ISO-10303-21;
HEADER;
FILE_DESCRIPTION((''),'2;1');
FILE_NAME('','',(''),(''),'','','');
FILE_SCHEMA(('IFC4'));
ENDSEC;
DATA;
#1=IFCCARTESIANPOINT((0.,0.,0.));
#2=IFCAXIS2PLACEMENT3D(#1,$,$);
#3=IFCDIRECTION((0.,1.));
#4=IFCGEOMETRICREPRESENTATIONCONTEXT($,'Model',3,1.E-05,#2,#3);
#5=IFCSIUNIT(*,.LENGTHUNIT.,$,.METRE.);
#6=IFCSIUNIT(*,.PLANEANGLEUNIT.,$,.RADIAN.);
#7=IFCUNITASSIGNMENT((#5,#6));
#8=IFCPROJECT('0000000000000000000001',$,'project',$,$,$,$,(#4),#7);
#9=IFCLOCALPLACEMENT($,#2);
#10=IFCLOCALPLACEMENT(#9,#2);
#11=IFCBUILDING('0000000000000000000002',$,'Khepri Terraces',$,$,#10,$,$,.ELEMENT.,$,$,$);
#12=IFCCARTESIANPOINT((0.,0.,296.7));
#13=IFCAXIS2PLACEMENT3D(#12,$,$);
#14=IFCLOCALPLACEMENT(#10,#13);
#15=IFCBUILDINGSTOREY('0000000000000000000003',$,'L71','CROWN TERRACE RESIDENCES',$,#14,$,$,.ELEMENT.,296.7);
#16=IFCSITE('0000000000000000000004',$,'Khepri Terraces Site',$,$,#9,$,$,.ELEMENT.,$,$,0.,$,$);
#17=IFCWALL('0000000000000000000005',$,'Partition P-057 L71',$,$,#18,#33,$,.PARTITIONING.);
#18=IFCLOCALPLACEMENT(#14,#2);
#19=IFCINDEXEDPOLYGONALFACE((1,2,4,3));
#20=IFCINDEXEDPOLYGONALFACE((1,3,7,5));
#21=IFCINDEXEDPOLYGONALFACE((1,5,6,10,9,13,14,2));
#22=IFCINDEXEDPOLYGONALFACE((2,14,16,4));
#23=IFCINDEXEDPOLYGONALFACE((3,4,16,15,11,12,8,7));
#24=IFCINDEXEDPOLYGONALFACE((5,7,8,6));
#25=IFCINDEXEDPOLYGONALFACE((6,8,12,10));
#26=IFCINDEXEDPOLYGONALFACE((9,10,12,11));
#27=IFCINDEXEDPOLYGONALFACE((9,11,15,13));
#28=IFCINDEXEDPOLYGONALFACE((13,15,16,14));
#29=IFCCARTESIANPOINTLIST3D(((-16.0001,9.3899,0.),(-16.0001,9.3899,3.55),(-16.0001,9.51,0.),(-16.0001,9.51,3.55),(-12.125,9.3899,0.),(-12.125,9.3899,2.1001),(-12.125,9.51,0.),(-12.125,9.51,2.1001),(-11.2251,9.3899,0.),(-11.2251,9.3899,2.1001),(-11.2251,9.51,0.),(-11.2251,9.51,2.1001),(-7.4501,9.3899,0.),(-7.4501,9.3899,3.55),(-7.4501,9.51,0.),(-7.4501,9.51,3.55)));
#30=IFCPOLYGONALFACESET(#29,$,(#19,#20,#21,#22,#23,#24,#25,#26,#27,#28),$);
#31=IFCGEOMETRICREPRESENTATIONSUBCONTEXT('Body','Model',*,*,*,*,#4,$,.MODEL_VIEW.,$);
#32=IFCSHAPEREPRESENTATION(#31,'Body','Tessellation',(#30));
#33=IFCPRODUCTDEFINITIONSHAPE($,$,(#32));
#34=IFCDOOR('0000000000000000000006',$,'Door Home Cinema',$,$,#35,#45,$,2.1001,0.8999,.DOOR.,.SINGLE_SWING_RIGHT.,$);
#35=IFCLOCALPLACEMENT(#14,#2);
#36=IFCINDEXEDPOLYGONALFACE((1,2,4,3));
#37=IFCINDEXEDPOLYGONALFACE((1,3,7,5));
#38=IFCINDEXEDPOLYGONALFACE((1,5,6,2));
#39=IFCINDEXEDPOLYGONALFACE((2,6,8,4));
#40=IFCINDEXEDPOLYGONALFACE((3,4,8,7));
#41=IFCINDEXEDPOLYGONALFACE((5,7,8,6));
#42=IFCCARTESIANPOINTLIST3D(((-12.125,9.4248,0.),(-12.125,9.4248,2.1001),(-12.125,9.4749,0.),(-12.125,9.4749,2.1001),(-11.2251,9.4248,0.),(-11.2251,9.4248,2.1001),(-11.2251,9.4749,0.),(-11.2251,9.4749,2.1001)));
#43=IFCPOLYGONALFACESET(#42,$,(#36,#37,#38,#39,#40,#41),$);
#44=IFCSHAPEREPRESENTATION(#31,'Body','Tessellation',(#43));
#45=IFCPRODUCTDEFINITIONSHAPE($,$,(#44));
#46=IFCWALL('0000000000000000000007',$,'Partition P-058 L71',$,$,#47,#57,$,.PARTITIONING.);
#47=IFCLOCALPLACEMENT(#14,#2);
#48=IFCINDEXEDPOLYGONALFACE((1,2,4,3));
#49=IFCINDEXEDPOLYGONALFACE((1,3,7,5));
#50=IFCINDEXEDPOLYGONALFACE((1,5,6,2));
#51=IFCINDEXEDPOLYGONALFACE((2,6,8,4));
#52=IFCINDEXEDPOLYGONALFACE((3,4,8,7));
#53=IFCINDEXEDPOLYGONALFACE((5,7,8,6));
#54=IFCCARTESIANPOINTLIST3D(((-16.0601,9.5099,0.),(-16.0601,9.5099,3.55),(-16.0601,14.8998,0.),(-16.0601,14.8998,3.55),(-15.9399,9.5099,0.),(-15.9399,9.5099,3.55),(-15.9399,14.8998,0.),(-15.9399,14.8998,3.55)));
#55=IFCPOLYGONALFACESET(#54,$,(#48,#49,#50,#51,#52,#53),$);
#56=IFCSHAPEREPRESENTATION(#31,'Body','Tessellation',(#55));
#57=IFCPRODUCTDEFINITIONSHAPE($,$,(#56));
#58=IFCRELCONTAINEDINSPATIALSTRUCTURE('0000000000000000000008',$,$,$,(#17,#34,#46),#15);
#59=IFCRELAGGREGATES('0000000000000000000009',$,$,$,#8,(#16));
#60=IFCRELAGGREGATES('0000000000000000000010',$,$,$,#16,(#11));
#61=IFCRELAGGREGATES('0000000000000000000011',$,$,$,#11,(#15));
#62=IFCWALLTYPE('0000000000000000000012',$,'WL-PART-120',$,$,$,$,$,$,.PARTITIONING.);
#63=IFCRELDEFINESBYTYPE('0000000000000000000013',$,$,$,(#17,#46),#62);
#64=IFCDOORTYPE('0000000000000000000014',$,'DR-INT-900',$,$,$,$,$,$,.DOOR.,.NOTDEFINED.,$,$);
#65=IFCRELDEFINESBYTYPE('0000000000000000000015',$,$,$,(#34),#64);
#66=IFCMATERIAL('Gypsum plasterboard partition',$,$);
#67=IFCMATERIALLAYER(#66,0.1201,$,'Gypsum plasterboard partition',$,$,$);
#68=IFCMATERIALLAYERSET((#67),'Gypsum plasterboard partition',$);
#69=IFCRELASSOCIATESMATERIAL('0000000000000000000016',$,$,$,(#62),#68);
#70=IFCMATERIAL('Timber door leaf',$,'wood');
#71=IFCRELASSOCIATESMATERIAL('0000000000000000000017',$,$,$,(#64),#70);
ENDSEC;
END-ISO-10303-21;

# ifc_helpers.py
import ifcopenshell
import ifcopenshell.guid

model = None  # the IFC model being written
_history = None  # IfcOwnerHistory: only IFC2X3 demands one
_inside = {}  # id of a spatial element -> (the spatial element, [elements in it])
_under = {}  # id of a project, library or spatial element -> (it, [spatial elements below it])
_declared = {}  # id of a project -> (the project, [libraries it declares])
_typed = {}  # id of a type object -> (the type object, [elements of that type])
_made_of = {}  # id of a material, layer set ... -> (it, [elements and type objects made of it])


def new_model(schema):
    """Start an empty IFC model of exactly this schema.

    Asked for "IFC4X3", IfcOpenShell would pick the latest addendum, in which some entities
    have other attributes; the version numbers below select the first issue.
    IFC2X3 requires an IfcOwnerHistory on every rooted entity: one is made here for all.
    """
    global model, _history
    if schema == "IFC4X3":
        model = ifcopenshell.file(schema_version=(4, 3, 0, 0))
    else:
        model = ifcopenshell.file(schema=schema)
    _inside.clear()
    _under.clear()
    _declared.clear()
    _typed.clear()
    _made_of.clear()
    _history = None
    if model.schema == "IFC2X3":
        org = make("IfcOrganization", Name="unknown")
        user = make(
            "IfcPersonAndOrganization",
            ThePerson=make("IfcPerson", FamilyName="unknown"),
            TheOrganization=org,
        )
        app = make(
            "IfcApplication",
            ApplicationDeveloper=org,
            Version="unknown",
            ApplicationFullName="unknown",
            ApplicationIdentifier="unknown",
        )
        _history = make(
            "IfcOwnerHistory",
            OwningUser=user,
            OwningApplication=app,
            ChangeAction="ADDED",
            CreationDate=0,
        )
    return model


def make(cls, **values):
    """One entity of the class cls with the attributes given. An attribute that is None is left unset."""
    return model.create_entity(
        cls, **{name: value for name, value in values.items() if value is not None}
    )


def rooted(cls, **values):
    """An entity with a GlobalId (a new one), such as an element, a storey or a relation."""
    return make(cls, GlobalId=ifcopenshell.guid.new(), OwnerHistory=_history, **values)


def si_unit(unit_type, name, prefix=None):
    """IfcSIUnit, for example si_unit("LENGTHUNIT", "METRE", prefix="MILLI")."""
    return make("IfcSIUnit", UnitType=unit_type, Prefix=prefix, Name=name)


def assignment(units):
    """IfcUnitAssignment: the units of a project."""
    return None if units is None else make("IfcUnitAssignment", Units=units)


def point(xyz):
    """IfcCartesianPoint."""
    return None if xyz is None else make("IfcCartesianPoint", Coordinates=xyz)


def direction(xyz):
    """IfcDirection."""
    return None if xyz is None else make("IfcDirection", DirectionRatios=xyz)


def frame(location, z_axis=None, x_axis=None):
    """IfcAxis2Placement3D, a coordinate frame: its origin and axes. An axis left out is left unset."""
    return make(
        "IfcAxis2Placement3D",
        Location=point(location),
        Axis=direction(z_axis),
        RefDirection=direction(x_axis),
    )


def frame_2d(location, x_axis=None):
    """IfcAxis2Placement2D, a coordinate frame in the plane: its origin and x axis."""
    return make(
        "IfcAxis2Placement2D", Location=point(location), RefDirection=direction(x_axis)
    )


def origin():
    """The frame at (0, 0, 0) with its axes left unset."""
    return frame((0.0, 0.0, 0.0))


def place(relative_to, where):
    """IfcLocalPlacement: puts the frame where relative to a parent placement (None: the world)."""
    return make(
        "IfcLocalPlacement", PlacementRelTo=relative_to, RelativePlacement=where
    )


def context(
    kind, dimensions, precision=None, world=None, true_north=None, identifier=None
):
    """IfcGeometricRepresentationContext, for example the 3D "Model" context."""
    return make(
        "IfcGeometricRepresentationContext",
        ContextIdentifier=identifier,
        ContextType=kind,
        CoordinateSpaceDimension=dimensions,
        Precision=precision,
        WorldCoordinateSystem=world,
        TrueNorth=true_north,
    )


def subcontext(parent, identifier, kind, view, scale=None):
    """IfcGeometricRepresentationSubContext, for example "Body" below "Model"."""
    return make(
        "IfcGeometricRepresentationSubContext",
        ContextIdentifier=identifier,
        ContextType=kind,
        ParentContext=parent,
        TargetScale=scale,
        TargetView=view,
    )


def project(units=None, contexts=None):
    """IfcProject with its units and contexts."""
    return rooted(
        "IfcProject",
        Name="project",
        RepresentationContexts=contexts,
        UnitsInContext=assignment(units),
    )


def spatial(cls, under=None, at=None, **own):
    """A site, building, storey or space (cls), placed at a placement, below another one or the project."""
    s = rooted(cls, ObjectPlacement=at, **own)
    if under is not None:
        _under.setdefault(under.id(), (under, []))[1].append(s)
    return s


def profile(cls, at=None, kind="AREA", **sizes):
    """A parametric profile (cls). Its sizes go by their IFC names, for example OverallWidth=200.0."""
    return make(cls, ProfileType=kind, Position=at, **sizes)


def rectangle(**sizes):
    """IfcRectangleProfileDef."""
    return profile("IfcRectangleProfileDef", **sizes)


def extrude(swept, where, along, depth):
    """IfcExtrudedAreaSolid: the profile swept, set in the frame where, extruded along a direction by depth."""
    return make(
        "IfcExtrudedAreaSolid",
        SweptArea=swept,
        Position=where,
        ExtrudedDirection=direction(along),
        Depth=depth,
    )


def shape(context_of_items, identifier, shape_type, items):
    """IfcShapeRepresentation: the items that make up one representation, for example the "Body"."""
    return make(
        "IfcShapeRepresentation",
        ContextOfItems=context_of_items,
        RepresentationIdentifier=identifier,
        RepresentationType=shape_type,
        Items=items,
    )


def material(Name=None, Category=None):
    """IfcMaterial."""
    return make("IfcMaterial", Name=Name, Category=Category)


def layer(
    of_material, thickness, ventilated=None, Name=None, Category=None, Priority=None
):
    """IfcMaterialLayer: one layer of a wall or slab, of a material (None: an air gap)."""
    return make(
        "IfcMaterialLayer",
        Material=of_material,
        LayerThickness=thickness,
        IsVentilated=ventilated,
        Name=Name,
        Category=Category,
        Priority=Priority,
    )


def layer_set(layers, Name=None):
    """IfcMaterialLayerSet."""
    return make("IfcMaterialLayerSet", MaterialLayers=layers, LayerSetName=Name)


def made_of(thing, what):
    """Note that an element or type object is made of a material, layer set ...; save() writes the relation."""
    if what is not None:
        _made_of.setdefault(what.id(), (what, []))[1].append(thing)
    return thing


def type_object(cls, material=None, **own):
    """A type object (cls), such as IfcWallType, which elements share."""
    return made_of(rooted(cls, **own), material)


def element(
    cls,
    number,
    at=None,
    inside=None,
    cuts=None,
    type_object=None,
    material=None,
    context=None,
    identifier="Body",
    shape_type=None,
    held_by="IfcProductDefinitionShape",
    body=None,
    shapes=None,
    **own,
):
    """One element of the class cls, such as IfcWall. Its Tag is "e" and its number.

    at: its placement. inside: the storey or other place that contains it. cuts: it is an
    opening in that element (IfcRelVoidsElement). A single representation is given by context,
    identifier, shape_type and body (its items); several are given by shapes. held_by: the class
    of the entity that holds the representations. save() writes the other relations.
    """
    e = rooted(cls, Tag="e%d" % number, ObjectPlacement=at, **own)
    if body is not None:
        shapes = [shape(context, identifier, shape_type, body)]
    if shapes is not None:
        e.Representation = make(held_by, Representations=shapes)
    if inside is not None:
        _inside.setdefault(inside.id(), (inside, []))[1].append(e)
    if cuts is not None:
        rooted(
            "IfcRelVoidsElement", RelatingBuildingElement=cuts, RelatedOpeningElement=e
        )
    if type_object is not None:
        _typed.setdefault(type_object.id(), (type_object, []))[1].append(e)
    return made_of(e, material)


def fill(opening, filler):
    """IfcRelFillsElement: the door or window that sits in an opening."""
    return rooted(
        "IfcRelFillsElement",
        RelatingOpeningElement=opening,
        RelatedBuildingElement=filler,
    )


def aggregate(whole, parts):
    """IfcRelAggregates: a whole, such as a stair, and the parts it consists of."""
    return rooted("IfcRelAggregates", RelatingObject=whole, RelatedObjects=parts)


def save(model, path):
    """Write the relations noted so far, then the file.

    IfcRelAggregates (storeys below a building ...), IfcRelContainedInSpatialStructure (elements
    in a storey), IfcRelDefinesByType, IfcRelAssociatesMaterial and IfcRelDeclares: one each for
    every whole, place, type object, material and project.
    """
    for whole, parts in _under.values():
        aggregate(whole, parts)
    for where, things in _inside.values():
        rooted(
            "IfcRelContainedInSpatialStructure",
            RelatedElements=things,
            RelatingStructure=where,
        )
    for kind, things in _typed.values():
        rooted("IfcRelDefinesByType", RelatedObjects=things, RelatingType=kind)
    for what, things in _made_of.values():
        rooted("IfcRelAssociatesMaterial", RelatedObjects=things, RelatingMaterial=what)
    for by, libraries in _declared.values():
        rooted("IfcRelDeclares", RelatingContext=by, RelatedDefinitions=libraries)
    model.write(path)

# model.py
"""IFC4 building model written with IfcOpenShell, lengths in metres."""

from ifc_helpers import new_model, si_unit, direction, frame, frame_2d, origin, place, context, subcontext, project, spatial, rectangle, extrude, material, layer, layer_set, type_object, element, fill, save


model = new_model("IFC4")

# Units and contexts
model_context = context("Model", 3, precision=1e-05, world=origin(), true_north=direction((0.0, 1.0)))
body_context = subcontext(model_context, "Body", "Model", "MODEL_VIEW")
ifc_project = project(units=[si_unit("LENGTHUNIT", "METRE"), si_unit("PLANEANGLEUNIT", "RADIAN")], contexts=[model_context])

# Site, building, storey
site_placement = place(None, origin())
site = spatial("IfcSite", under=ifc_project, at=site_placement, Name="Khepri Terraces Site", CompositionType="ELEMENT", RefElevation=0.0)
building_placement = place(site_placement, origin())
building = spatial("IfcBuilding", under=site, at=building_placement, Name="Khepri Terraces", CompositionType="ELEMENT")
storey_placement = place(building_placement, frame((0.0, 0.0, 296.7)))
storey = spatial("IfcBuildingStorey", under=building, at=storey_placement, Name="L71", Description="CROWN TERRACE RESIDENCES", CompositionType="ELEMENT", Elevation=296.7)

# Shared definitions
ifc_material_1 = material(Name="Gypsum plasterboard partition")
ifc_layer_1 = layer(ifc_material_1, 0.1201, Name="Gypsum plasterboard partition")
ifc_layer_set_1 = layer_set([ifc_layer_1], Name="Gypsum plasterboard partition")
wall_type_1 = type_object("IfcWallType", Name="WL-PART-120", PredefinedType="PARTITIONING", material=ifc_layer_set_1)

# Wall, opening, door
wall_1_placement = place(storey_placement, frame((-16.0, 9.45, 0.0), z_axis=(0.0, 0.0, 1.0), x_axis=(1.0, 0.0, 0.0)))
wall_1 = element("IfcWall", 1, at=wall_1_placement, inside=storey, type_object=wall_type_1, Name="Partition P-057 L71", PredefinedType="PARTITIONING", context=body_context, shape_type="SweptSolid", body=[
    extrude(rectangle(XDim=8.55, YDim=0.1201, at=frame_2d((4.2749, 0.0))), origin(), (0.0, 0.0, 1.0), 3.55),
])
opening_1_placement = place(wall_1_placement, frame((3.875, 0.0, 0.0)))
opening_1 = element("IfcOpeningElement", 2, at=opening_1_placement, cuts=wall_1, PredefinedType="OPENING", context=body_context, shape_type="SweptSolid", body=[
    extrude(rectangle(XDim=0.8999, YDim=2.1001, at=frame_2d((0.45, 1.05))), frame((0.0, 0.0701, 0.0), z_axis=(0.0, -1.0, 0.0), x_axis=(1.0, 0.0, 0.0)), (0.0, 0.0, 1.0), 0.1401),
])
ifc_material_2 = material(Name="Timber door leaf", Category="wood")
door_type_1 = type_object("IfcDoorType", Name="DR-INT-900", OperationType="NOTDEFINED", PredefinedType="DOOR", material=ifc_material_2)
door_1_placement = place(opening_1_placement, origin())
door_1 = element("IfcDoor", 3, at=door_1_placement, inside=storey, type_object=door_type_1, Name="Door Home Cinema", OperationType="SINGLE_SWING_RIGHT", OverallHeight=2.1001, OverallWidth=0.8999, PredefinedType="DOOR", context=body_context, shape_type="SweptSolid", body=[
    extrude(rectangle(XDim=0.8999, YDim=2.1001, at=frame_2d((0.45, 1.05))), frame((0.0, 0.0249, 0.0), z_axis=(0.0, -1.0, 0.0), x_axis=(1.0, 0.0, 0.0)), (0.0, 0.0, 1.0), 0.05),
])
fill(opening_1, door_1)

# Wall
wall_2_placement = place(storey_placement, frame((-16.0, 9.51, 0.0), z_axis=(0.0, 0.0, 1.0), x_axis=(0.0, 1.0, 0.0)))
element("IfcWall", 4, at=wall_2_placement, inside=storey, type_object=wall_type_1, Name="Partition P-058 L71", PredefinedType="PARTITIONING", context=body_context, shape_type="SweptSolid", body=[
    extrude(rectangle(XDim=5.3899, YDim=0.1201, at=frame_2d((2.6948, 0.0))), origin(), (0.0, 0.0, 1.0), 3.55),
])

save(model, "model.ifc")
